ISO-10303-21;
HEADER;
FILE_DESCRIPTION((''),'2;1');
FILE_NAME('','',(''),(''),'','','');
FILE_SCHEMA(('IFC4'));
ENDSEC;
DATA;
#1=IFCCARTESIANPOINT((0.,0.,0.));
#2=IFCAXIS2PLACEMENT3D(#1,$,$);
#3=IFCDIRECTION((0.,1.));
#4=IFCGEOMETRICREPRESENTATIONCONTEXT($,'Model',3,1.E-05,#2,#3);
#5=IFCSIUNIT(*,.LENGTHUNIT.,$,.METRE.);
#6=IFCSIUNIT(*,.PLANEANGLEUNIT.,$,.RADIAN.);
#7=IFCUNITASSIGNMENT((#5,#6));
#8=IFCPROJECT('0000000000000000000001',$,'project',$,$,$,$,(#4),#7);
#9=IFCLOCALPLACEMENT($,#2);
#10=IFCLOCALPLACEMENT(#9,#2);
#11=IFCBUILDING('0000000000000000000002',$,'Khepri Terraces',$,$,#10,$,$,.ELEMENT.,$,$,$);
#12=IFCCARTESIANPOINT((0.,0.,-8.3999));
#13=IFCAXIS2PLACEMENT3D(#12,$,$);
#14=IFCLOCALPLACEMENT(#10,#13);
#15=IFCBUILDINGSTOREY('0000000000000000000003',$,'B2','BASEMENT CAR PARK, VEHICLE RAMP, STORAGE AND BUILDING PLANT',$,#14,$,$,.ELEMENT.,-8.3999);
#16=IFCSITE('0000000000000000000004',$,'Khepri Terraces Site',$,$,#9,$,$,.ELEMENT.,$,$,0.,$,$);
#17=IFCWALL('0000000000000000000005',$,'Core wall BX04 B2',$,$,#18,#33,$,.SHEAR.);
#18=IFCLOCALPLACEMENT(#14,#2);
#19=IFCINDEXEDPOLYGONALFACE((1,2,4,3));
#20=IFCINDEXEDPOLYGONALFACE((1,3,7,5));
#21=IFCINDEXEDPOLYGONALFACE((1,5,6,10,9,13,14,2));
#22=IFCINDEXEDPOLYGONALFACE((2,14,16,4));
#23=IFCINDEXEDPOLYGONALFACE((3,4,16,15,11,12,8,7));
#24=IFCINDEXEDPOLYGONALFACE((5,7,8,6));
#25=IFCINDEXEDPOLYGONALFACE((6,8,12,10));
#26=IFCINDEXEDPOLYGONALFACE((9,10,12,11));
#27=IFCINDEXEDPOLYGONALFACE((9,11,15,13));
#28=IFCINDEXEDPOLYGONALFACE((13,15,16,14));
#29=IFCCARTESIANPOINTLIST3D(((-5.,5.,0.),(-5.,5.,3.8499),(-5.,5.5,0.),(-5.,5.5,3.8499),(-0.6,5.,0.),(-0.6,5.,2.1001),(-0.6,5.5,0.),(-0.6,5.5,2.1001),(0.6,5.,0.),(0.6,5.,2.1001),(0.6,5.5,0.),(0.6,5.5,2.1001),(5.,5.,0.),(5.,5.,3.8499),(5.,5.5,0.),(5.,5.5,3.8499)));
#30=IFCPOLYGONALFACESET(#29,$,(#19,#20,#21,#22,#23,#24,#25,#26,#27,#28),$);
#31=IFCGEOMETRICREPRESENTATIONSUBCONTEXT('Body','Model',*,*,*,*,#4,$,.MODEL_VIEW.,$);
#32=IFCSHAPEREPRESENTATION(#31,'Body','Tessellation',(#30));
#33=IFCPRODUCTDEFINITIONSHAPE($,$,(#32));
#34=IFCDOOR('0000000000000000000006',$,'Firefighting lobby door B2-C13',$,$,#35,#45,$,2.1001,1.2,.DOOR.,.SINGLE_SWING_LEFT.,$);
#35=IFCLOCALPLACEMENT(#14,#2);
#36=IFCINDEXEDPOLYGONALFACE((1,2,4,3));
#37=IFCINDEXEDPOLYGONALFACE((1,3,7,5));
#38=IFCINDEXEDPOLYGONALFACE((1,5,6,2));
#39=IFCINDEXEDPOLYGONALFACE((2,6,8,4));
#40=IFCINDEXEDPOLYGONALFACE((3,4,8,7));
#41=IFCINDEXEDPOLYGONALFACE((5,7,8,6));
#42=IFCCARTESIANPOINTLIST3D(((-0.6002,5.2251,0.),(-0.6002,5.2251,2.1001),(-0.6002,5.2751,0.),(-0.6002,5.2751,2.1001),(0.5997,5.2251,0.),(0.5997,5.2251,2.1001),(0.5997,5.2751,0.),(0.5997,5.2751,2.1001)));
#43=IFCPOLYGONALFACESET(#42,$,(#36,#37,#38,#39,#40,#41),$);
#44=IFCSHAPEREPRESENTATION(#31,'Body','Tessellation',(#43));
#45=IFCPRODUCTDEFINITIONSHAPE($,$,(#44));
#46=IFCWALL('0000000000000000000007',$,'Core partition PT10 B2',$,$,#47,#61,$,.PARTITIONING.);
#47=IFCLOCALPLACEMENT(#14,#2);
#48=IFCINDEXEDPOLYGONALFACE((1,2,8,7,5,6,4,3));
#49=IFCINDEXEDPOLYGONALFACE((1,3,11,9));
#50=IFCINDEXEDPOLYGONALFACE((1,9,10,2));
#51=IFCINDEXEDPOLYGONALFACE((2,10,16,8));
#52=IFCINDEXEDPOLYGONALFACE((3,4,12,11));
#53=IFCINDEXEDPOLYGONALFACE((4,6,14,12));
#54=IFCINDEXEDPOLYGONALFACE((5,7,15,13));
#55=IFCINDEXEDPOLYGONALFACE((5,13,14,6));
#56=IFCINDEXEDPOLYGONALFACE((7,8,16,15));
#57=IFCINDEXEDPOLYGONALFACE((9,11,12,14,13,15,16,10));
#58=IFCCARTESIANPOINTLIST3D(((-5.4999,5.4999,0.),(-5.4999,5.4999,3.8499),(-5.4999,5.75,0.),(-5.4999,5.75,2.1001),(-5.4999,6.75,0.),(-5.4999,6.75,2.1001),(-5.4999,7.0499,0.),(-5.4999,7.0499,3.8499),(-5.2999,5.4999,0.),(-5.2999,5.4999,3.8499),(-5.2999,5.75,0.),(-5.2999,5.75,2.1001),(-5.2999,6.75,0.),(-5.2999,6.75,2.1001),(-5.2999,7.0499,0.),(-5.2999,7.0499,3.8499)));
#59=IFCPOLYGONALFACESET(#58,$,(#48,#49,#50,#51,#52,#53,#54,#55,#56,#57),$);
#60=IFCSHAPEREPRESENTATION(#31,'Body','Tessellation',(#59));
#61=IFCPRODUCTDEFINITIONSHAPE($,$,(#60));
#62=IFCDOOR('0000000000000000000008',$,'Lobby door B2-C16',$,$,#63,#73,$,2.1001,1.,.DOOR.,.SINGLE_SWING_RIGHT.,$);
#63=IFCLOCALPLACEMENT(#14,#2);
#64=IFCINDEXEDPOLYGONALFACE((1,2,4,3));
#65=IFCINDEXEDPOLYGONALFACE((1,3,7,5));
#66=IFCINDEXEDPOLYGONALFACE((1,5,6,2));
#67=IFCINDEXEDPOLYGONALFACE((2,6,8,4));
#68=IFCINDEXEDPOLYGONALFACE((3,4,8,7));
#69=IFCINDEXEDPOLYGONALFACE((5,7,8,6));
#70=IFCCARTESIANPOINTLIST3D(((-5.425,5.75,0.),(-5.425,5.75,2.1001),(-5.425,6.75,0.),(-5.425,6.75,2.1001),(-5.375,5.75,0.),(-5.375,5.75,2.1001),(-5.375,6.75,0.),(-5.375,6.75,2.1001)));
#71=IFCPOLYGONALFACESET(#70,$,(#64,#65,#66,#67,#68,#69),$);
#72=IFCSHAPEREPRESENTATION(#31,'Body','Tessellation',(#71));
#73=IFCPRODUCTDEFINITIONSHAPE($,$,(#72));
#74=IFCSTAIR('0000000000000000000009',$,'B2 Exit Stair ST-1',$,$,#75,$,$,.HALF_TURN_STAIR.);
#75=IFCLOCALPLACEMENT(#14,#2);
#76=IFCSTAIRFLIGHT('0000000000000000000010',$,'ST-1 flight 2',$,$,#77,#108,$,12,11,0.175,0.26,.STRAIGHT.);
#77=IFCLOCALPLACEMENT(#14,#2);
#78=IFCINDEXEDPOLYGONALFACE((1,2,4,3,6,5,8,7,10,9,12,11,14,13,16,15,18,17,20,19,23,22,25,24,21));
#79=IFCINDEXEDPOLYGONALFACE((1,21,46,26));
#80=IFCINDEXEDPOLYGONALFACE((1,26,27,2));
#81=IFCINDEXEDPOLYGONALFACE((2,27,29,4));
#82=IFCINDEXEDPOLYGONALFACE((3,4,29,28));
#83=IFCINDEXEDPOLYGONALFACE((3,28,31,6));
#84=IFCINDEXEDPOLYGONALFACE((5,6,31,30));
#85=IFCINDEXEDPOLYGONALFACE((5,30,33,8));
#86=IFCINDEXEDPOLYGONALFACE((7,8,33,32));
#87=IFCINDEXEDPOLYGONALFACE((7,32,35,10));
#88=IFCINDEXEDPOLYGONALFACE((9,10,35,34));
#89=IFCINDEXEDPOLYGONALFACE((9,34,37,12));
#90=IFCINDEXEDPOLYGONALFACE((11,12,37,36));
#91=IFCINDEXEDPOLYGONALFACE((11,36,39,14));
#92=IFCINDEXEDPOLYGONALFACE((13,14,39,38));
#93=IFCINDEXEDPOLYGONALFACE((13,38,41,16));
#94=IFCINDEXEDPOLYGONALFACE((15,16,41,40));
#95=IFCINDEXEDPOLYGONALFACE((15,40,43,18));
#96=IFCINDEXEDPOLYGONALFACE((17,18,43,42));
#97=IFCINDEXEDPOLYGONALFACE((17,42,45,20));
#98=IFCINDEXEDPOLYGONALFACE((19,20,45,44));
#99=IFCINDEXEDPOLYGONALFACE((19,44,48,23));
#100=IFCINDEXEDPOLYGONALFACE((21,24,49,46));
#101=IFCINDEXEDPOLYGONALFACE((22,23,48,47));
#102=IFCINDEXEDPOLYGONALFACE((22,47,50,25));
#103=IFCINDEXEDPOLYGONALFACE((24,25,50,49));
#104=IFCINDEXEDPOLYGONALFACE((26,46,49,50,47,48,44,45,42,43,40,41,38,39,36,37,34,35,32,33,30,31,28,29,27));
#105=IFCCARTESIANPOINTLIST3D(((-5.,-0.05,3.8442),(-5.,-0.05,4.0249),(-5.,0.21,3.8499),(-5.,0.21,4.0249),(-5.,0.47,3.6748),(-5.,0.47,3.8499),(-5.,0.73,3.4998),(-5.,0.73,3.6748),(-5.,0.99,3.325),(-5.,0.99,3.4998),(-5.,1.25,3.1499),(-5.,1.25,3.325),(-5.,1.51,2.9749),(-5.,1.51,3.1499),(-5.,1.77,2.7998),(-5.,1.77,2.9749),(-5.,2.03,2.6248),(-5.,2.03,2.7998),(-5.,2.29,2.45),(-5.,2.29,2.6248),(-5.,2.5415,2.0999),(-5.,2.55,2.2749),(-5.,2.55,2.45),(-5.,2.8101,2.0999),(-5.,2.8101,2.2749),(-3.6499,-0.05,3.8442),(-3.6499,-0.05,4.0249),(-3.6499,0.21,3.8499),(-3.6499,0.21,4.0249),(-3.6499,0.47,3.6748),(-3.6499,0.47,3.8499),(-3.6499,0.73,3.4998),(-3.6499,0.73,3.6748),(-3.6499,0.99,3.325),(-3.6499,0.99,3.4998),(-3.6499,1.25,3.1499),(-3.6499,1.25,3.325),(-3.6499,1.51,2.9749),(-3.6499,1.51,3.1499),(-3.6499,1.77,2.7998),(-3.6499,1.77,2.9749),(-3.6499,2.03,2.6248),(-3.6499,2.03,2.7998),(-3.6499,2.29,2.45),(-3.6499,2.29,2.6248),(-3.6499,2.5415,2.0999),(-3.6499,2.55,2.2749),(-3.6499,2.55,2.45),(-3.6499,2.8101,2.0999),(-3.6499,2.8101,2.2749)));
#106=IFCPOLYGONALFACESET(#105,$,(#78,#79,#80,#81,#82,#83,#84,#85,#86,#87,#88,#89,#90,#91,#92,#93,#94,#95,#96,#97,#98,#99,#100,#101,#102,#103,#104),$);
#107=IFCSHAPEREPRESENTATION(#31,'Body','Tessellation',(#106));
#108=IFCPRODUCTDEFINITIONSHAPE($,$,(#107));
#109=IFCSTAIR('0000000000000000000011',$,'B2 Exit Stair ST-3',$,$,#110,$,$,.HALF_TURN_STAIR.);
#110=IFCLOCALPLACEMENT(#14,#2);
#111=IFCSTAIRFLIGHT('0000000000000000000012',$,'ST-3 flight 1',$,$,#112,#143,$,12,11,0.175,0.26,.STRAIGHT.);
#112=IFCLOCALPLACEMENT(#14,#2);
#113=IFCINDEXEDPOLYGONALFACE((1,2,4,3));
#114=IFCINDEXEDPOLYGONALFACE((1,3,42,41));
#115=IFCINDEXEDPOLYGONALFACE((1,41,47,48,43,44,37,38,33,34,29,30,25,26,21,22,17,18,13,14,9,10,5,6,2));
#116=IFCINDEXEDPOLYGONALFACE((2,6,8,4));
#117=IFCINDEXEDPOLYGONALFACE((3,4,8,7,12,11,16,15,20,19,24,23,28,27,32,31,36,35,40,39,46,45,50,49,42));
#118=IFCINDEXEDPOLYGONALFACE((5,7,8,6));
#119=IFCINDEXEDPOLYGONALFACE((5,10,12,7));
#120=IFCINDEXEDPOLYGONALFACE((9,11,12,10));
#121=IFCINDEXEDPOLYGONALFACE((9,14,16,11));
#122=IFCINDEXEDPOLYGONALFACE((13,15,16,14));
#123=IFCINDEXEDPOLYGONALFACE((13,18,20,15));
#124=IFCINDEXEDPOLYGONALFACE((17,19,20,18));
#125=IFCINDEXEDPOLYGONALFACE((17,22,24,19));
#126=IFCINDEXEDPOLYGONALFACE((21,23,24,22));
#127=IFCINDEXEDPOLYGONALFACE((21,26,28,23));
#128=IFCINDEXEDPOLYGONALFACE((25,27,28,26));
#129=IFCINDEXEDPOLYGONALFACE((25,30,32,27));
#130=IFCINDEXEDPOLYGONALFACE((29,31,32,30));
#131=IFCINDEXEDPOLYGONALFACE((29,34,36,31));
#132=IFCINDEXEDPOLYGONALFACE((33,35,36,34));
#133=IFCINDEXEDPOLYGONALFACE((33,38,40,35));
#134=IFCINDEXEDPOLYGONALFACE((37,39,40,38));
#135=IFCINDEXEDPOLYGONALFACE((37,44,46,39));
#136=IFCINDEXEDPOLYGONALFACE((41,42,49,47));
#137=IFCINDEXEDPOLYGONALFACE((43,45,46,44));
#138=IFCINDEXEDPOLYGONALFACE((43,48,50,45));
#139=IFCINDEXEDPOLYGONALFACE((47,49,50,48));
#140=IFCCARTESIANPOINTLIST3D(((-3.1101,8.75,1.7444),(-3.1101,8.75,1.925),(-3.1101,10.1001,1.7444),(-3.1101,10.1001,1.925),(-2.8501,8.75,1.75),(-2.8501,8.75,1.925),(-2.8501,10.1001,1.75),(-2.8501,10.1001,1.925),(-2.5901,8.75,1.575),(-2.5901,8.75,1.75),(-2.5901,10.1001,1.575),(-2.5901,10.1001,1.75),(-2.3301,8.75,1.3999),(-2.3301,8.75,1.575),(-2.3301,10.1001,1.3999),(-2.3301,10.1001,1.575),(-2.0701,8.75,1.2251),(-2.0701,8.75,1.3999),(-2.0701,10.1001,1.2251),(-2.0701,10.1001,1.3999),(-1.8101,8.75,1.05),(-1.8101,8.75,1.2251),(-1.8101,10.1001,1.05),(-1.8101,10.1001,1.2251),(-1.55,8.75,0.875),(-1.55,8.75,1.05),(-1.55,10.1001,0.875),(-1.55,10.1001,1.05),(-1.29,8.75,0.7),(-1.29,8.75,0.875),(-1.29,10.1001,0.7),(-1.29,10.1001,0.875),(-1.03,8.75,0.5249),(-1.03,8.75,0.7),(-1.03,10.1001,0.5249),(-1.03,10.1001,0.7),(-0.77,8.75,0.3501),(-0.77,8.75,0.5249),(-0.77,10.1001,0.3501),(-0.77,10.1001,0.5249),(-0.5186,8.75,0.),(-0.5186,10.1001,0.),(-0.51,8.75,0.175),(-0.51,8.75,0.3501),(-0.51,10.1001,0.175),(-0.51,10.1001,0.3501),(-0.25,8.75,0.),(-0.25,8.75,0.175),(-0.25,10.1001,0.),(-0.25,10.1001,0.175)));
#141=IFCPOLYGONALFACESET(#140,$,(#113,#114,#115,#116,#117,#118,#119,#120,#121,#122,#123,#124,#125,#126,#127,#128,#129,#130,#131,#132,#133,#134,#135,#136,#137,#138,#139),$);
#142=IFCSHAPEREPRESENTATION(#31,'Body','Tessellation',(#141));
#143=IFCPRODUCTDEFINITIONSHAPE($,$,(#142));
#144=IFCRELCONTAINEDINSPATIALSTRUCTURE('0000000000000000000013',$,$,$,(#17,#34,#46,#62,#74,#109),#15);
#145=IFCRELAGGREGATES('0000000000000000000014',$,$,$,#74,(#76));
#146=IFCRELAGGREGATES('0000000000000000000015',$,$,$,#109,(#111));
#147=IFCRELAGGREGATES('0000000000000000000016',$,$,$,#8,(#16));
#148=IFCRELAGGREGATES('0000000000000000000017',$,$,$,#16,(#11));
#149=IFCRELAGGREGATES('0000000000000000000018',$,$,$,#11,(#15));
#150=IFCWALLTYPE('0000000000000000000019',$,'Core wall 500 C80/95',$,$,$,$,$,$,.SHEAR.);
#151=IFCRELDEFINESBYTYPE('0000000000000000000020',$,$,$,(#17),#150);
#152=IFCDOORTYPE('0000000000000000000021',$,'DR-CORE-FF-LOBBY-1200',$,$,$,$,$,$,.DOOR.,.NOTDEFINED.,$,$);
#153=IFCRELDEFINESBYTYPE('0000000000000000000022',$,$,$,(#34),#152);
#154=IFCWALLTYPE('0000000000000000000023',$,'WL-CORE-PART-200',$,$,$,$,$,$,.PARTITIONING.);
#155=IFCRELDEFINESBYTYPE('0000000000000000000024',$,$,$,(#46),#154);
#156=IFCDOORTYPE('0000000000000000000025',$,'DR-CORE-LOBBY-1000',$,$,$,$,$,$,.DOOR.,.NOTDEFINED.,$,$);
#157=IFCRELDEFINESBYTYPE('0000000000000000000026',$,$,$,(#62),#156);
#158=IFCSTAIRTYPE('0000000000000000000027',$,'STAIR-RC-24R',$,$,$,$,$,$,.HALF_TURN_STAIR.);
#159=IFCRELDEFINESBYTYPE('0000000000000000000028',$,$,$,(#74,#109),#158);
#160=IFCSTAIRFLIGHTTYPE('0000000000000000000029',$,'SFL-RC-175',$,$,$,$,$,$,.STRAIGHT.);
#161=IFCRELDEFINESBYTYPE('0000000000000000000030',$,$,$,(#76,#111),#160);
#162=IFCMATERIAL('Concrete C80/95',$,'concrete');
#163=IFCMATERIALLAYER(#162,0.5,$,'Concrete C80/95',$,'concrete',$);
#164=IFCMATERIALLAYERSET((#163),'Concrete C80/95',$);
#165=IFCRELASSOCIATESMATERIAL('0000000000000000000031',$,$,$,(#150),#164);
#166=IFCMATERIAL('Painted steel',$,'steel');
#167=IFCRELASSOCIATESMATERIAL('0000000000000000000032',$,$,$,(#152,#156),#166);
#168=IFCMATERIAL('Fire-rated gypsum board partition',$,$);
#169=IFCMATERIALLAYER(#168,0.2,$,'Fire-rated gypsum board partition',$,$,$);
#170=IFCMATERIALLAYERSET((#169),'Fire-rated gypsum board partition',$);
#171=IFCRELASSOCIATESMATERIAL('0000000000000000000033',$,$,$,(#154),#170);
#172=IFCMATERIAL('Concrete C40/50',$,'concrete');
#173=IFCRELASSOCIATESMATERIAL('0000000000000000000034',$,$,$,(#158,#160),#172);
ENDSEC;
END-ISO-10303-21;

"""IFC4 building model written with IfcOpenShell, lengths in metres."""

from ifc_helpers import new_model, si_unit, direction, frame, frame_2d, origin, place, context, subcontext, project, spatial, polyline, rectangle, outline, extrude, material, layer, layer_set, type_object, element, fill, aggregate, save


model = new_model("IFC4")

# Units and contexts
model_context = context("Model", 3, precision=1e-05, world=origin(), true_north=direction((0.0, 1.0)))
body_context = subcontext(model_context, "Body", "Model", "MODEL_VIEW")
ifc_project = project(units=[si_unit("LENGTHUNIT", "METRE"), si_unit("PLANEANGLEUNIT", "RADIAN")], contexts=[model_context])

# Site, building, storey
site_placement = place(None, origin())
site = spatial("IfcSite", under=ifc_project, at=site_placement, Name="Khepri Terraces Site", CompositionType="ELEMENT", RefElevation=0.0)
building_placement = place(site_placement, origin())
building = spatial("IfcBuilding", under=site, at=building_placement, Name="Khepri Terraces", CompositionType="ELEMENT")
storey_placement = place(building_placement, frame((0.0, 0.0, -8.3999)))
storey = spatial("IfcBuildingStorey", under=building, at=storey_placement, Name="B2", Description="BASEMENT CAR PARK, VEHICLE RAMP, STORAGE AND BUILDING PLANT", CompositionType="ELEMENT", Elevation=-8.3999)

# Shared definitions
ifc_material_1 = material(Name="Concrete C80/95", Category="concrete")

# Walls, openings, doors
ifc_layer_1 = layer(ifc_material_1, 0.5, Name="Concrete C80/95", Category="concrete")
ifc_layer_set_1 = layer_set([ifc_layer_1], Name="Concrete C80/95")
wall_type_1 = type_object("IfcWallType", Name="Core wall 500 C80/95", PredefinedType="SHEAR", material=ifc_layer_set_1)
wall_1_placement = place(storey_placement, frame((-5.0, 5.25, 0.0), z_axis=(0.0, 0.0, 1.0), x_axis=(1.0, 0.0, 0.0)))
wall_1 = element("IfcWall", 1, at=wall_1_placement, inside=storey, type_object=wall_type_1, Name="Core wall BX04 B2", PredefinedType="SHEAR", context=body_context, shape_type="SweptSolid", body=[
    extrude(rectangle(XDim=10.0, YDim=0.5, at=frame_2d((5.0, 0.0))), origin(), (0.0, 0.0, 1.0), 3.8499),
])
opening_1_placement = place(wall_1_placement, frame((4.3999, 0.0, 0.0)))
opening_1 = element("IfcOpeningElement", 2, at=opening_1_placement, cuts=wall_1, PredefinedType="OPENING", context=body_context, shape_type="SweptSolid", body=[
    extrude(rectangle(XDim=1.2, YDim=2.1001, at=frame_2d((0.6001, 1.05))), frame((0.0, 0.26, 0.0), z_axis=(0.0, -1.0, 0.0), x_axis=(1.0, 0.0, 0.0)), (0.0, 0.0, 1.0), 0.52),
])
ifc_material_2 = material(Name="Painted steel", Category="steel")
door_type_1 = type_object("IfcDoorType", Name="DR-CORE-FF-LOBBY-1200", OperationType="NOTDEFINED", PredefinedType="DOOR", material=ifc_material_2)
door_1_placement = place(opening_1_placement, frame((1.2, 0.0, 0.0), z_axis=(0.0, 0.0, 1.0), x_axis=(-1.0, 0.0, 0.0)))
door_1 = element("IfcDoor", 3, at=door_1_placement, inside=storey, type_object=door_type_1, Name="Firefighting lobby door B2-C13", OperationType="SINGLE_SWING_LEFT", OverallHeight=2.1001, OverallWidth=1.2, PredefinedType="DOOR", context=body_context, shape_type="SweptSolid", body=[
    extrude(rectangle(XDim=1.2, YDim=2.1001, at=frame_2d((0.6001, 1.05))), frame((0.0, 0.0249, 0.0), z_axis=(0.0, -1.0, 0.0), x_axis=(1.0, 0.0, 0.0)), (0.0, 0.0, 1.0), 0.05),
])
fill(opening_1, door_1)
ifc_material_3 = material(Name="Fire-rated gypsum board partition")
ifc_layer_2 = layer(ifc_material_3, 0.2, Name="Fire-rated gypsum board partition")
ifc_layer_set_2 = layer_set([ifc_layer_2], Name="Fire-rated gypsum board partition")
wall_type_2 = type_object("IfcWallType", Name="WL-CORE-PART-200", PredefinedType="PARTITIONING", material=ifc_layer_set_2)
wall_2_placement = place(storey_placement, frame((-5.3999, 5.5, 0.0), z_axis=(0.0, 0.0, 1.0), x_axis=(0.0, 1.0, 0.0)))
wall_2 = element("IfcWall", 4, at=wall_2_placement, inside=storey, type_object=wall_type_2, Name="Core partition PT10 B2", PredefinedType="PARTITIONING", context=body_context, shape_type="SweptSolid", body=[
    extrude(rectangle(XDim=1.55, YDim=0.2, at=frame_2d((0.7749, 0.0))), origin(), (0.0, 0.0, 1.0), 3.8499),
])
opening_2_placement = place(wall_2_placement, frame((0.25, 0.0, 0.0)))
opening_2 = element("IfcOpeningElement", 5, at=opening_2_placement, cuts=wall_2, PredefinedType="OPENING", context=body_context, shape_type="SweptSolid", body=[
    extrude(rectangle(XDim=1.0, YDim=2.1001, at=frame_2d((0.5, 1.05))), frame((0.0, 0.1099, 0.0), z_axis=(0.0, -1.0, 0.0), x_axis=(1.0, 0.0, 0.0)), (0.0, 0.0, 1.0), 0.22),
])
door_type_2 = type_object("IfcDoorType", Name="DR-CORE-LOBBY-1000", OperationType="NOTDEFINED", PredefinedType="DOOR", material=ifc_material_2)
door_2_placement = place(opening_2_placement, frame((1.0, 0.0, 0.0), z_axis=(0.0, 0.0, 1.0), x_axis=(-1.0, 0.0, 0.0)))
door_2 = element("IfcDoor", 6, at=door_2_placement, inside=storey, type_object=door_type_2, Name="Lobby door B2-C16", OperationType="SINGLE_SWING_RIGHT", OverallHeight=2.1001, OverallWidth=1.0, PredefinedType="DOOR", context=body_context, shape_type="SweptSolid", body=[
    extrude(rectangle(XDim=1.0, YDim=2.1001, at=frame_2d((0.5, 1.05))), frame((0.0, 0.0249, 0.0), z_axis=(0.0, -1.0, 0.0), x_axis=(1.0, 0.0, 0.0)), (0.0, 0.0, 1.0), 0.05),
])
fill(opening_2, door_2)

# Stair, stair flight
ifc_material_4 = material(Name="Concrete C40/50", Category="concrete")
stair_type = type_object("IfcStairType", Name="STAIR-RC-24R", PredefinedType="HALF_TURN_STAIR", material=ifc_material_4)
stair_1_placement = place(storey_placement, origin())
stair_1 = element("IfcStair", 7, at=stair_1_placement, inside=storey, type_object=stair_type, Name="B2 Exit Stair ST-1", PredefinedType="HALF_TURN_STAIR")
stair_flight_type = type_object("IfcStairFlightType", Name="SFL-RC-175", PredefinedType="STRAIGHT", material=ifc_material_4)
stair_flight_1_placement = place(storey_placement, frame((-4.325, 2.8101, 2.0999), z_axis=(0.0, 0.0, 1.0), x_axis=(0.0, -1.0, 0.0)))
stair_flight_1 = element("IfcStairFlight", 8, at=stair_flight_1_placement, type_object=stair_flight_type, Name="ST-1 flight 2", NumberOfRisers=12, NumberOfTreads=11, PredefinedType="STRAIGHT", RiserHeight=0.175, TreadLength=0.26, context=body_context, shape_type="SweptSolid", body=[
    extrude(outline(polyline([(0.0, 0.0), (0.0, 0.175), (0.26, 0.175), (0.26, 0.3501), (0.52, 0.3501), (0.52, 0.5249), (0.78, 0.5249), (0.78, 0.7), (1.04, 0.7), (1.04, 0.875), (1.3, 0.875), (1.3, 1.05), (1.5601, 1.05), (1.5601, 1.2251), (1.8201, 1.2251), (1.8201, 1.3999), (2.0801, 1.3999), (2.0801, 1.575), (2.3401, 1.575), (2.3401, 1.75), (2.6001, 1.75), (2.6001, 1.925), (2.8601, 1.925), (2.8601, 2.1001), (2.8601, 1.7444), (0.2686, 0.0), (0.0, 0.0)])), frame((0.0, 0.675, 0.0), z_axis=(0.0, -1.0, 0.0), x_axis=(1.0, 0.0, 0.0)), (0.0, 0.0, 1.0), 1.3501),
])
aggregate(stair_1, [stair_flight_1])

# Stair, stair flight
stair_2_placement = place(storey_placement, origin())
stair_2 = element("IfcStair", 9, at=stair_2_placement, inside=storey, type_object=stair_type, Name="B2 Exit Stair ST-3", PredefinedType="HALF_TURN_STAIR")
stair_flight_2_placement = place(storey_placement, frame((-0.25, 9.425, 0.0), z_axis=(0.0, 0.0, 1.0), x_axis=(-1.0, 0.0, 0.0)))
stair_flight_2 = element("IfcStairFlight", 10, at=stair_flight_2_placement, type_object=stair_flight_type, Name="ST-3 flight 1", NumberOfRisers=12, NumberOfTreads=11, PredefinedType="STRAIGHT", RiserHeight=0.175, TreadLength=0.26, context=body_context, shape_type="SweptSolid", body=[
    extrude(outline(polyline([(0.0, 0.0), (0.0, 0.175), (0.26, 0.175), (0.26, 0.3501), (0.52, 0.3501), (0.52, 0.5249), (0.78, 0.5249), (0.78, 0.7), (1.04, 0.7), (1.04, 0.875), (1.3, 0.875), (1.3, 1.05), (1.5601, 1.05), (1.5601, 1.2251), (1.8201, 1.2251), (1.8201, 1.3999), (2.0801, 1.3999), (2.0801, 1.575), (2.3401, 1.575), (2.3401, 1.75), (2.6001, 1.75), (2.6001, 1.925), (2.8601, 1.925), (2.8601, 2.1001), (2.8601, 1.7444), (0.2686, 0.0), (0.0, 0.0)])), frame((0.0, 0.675, 0.0), z_axis=(0.0, -1.0, 0.0), x_axis=(1.0, 0.0, 0.0)), (0.0, 0.0, 1.0), 1.3501),
])
aggregate(stair_2, [stair_flight_2])

save(model, "model.ifc")
